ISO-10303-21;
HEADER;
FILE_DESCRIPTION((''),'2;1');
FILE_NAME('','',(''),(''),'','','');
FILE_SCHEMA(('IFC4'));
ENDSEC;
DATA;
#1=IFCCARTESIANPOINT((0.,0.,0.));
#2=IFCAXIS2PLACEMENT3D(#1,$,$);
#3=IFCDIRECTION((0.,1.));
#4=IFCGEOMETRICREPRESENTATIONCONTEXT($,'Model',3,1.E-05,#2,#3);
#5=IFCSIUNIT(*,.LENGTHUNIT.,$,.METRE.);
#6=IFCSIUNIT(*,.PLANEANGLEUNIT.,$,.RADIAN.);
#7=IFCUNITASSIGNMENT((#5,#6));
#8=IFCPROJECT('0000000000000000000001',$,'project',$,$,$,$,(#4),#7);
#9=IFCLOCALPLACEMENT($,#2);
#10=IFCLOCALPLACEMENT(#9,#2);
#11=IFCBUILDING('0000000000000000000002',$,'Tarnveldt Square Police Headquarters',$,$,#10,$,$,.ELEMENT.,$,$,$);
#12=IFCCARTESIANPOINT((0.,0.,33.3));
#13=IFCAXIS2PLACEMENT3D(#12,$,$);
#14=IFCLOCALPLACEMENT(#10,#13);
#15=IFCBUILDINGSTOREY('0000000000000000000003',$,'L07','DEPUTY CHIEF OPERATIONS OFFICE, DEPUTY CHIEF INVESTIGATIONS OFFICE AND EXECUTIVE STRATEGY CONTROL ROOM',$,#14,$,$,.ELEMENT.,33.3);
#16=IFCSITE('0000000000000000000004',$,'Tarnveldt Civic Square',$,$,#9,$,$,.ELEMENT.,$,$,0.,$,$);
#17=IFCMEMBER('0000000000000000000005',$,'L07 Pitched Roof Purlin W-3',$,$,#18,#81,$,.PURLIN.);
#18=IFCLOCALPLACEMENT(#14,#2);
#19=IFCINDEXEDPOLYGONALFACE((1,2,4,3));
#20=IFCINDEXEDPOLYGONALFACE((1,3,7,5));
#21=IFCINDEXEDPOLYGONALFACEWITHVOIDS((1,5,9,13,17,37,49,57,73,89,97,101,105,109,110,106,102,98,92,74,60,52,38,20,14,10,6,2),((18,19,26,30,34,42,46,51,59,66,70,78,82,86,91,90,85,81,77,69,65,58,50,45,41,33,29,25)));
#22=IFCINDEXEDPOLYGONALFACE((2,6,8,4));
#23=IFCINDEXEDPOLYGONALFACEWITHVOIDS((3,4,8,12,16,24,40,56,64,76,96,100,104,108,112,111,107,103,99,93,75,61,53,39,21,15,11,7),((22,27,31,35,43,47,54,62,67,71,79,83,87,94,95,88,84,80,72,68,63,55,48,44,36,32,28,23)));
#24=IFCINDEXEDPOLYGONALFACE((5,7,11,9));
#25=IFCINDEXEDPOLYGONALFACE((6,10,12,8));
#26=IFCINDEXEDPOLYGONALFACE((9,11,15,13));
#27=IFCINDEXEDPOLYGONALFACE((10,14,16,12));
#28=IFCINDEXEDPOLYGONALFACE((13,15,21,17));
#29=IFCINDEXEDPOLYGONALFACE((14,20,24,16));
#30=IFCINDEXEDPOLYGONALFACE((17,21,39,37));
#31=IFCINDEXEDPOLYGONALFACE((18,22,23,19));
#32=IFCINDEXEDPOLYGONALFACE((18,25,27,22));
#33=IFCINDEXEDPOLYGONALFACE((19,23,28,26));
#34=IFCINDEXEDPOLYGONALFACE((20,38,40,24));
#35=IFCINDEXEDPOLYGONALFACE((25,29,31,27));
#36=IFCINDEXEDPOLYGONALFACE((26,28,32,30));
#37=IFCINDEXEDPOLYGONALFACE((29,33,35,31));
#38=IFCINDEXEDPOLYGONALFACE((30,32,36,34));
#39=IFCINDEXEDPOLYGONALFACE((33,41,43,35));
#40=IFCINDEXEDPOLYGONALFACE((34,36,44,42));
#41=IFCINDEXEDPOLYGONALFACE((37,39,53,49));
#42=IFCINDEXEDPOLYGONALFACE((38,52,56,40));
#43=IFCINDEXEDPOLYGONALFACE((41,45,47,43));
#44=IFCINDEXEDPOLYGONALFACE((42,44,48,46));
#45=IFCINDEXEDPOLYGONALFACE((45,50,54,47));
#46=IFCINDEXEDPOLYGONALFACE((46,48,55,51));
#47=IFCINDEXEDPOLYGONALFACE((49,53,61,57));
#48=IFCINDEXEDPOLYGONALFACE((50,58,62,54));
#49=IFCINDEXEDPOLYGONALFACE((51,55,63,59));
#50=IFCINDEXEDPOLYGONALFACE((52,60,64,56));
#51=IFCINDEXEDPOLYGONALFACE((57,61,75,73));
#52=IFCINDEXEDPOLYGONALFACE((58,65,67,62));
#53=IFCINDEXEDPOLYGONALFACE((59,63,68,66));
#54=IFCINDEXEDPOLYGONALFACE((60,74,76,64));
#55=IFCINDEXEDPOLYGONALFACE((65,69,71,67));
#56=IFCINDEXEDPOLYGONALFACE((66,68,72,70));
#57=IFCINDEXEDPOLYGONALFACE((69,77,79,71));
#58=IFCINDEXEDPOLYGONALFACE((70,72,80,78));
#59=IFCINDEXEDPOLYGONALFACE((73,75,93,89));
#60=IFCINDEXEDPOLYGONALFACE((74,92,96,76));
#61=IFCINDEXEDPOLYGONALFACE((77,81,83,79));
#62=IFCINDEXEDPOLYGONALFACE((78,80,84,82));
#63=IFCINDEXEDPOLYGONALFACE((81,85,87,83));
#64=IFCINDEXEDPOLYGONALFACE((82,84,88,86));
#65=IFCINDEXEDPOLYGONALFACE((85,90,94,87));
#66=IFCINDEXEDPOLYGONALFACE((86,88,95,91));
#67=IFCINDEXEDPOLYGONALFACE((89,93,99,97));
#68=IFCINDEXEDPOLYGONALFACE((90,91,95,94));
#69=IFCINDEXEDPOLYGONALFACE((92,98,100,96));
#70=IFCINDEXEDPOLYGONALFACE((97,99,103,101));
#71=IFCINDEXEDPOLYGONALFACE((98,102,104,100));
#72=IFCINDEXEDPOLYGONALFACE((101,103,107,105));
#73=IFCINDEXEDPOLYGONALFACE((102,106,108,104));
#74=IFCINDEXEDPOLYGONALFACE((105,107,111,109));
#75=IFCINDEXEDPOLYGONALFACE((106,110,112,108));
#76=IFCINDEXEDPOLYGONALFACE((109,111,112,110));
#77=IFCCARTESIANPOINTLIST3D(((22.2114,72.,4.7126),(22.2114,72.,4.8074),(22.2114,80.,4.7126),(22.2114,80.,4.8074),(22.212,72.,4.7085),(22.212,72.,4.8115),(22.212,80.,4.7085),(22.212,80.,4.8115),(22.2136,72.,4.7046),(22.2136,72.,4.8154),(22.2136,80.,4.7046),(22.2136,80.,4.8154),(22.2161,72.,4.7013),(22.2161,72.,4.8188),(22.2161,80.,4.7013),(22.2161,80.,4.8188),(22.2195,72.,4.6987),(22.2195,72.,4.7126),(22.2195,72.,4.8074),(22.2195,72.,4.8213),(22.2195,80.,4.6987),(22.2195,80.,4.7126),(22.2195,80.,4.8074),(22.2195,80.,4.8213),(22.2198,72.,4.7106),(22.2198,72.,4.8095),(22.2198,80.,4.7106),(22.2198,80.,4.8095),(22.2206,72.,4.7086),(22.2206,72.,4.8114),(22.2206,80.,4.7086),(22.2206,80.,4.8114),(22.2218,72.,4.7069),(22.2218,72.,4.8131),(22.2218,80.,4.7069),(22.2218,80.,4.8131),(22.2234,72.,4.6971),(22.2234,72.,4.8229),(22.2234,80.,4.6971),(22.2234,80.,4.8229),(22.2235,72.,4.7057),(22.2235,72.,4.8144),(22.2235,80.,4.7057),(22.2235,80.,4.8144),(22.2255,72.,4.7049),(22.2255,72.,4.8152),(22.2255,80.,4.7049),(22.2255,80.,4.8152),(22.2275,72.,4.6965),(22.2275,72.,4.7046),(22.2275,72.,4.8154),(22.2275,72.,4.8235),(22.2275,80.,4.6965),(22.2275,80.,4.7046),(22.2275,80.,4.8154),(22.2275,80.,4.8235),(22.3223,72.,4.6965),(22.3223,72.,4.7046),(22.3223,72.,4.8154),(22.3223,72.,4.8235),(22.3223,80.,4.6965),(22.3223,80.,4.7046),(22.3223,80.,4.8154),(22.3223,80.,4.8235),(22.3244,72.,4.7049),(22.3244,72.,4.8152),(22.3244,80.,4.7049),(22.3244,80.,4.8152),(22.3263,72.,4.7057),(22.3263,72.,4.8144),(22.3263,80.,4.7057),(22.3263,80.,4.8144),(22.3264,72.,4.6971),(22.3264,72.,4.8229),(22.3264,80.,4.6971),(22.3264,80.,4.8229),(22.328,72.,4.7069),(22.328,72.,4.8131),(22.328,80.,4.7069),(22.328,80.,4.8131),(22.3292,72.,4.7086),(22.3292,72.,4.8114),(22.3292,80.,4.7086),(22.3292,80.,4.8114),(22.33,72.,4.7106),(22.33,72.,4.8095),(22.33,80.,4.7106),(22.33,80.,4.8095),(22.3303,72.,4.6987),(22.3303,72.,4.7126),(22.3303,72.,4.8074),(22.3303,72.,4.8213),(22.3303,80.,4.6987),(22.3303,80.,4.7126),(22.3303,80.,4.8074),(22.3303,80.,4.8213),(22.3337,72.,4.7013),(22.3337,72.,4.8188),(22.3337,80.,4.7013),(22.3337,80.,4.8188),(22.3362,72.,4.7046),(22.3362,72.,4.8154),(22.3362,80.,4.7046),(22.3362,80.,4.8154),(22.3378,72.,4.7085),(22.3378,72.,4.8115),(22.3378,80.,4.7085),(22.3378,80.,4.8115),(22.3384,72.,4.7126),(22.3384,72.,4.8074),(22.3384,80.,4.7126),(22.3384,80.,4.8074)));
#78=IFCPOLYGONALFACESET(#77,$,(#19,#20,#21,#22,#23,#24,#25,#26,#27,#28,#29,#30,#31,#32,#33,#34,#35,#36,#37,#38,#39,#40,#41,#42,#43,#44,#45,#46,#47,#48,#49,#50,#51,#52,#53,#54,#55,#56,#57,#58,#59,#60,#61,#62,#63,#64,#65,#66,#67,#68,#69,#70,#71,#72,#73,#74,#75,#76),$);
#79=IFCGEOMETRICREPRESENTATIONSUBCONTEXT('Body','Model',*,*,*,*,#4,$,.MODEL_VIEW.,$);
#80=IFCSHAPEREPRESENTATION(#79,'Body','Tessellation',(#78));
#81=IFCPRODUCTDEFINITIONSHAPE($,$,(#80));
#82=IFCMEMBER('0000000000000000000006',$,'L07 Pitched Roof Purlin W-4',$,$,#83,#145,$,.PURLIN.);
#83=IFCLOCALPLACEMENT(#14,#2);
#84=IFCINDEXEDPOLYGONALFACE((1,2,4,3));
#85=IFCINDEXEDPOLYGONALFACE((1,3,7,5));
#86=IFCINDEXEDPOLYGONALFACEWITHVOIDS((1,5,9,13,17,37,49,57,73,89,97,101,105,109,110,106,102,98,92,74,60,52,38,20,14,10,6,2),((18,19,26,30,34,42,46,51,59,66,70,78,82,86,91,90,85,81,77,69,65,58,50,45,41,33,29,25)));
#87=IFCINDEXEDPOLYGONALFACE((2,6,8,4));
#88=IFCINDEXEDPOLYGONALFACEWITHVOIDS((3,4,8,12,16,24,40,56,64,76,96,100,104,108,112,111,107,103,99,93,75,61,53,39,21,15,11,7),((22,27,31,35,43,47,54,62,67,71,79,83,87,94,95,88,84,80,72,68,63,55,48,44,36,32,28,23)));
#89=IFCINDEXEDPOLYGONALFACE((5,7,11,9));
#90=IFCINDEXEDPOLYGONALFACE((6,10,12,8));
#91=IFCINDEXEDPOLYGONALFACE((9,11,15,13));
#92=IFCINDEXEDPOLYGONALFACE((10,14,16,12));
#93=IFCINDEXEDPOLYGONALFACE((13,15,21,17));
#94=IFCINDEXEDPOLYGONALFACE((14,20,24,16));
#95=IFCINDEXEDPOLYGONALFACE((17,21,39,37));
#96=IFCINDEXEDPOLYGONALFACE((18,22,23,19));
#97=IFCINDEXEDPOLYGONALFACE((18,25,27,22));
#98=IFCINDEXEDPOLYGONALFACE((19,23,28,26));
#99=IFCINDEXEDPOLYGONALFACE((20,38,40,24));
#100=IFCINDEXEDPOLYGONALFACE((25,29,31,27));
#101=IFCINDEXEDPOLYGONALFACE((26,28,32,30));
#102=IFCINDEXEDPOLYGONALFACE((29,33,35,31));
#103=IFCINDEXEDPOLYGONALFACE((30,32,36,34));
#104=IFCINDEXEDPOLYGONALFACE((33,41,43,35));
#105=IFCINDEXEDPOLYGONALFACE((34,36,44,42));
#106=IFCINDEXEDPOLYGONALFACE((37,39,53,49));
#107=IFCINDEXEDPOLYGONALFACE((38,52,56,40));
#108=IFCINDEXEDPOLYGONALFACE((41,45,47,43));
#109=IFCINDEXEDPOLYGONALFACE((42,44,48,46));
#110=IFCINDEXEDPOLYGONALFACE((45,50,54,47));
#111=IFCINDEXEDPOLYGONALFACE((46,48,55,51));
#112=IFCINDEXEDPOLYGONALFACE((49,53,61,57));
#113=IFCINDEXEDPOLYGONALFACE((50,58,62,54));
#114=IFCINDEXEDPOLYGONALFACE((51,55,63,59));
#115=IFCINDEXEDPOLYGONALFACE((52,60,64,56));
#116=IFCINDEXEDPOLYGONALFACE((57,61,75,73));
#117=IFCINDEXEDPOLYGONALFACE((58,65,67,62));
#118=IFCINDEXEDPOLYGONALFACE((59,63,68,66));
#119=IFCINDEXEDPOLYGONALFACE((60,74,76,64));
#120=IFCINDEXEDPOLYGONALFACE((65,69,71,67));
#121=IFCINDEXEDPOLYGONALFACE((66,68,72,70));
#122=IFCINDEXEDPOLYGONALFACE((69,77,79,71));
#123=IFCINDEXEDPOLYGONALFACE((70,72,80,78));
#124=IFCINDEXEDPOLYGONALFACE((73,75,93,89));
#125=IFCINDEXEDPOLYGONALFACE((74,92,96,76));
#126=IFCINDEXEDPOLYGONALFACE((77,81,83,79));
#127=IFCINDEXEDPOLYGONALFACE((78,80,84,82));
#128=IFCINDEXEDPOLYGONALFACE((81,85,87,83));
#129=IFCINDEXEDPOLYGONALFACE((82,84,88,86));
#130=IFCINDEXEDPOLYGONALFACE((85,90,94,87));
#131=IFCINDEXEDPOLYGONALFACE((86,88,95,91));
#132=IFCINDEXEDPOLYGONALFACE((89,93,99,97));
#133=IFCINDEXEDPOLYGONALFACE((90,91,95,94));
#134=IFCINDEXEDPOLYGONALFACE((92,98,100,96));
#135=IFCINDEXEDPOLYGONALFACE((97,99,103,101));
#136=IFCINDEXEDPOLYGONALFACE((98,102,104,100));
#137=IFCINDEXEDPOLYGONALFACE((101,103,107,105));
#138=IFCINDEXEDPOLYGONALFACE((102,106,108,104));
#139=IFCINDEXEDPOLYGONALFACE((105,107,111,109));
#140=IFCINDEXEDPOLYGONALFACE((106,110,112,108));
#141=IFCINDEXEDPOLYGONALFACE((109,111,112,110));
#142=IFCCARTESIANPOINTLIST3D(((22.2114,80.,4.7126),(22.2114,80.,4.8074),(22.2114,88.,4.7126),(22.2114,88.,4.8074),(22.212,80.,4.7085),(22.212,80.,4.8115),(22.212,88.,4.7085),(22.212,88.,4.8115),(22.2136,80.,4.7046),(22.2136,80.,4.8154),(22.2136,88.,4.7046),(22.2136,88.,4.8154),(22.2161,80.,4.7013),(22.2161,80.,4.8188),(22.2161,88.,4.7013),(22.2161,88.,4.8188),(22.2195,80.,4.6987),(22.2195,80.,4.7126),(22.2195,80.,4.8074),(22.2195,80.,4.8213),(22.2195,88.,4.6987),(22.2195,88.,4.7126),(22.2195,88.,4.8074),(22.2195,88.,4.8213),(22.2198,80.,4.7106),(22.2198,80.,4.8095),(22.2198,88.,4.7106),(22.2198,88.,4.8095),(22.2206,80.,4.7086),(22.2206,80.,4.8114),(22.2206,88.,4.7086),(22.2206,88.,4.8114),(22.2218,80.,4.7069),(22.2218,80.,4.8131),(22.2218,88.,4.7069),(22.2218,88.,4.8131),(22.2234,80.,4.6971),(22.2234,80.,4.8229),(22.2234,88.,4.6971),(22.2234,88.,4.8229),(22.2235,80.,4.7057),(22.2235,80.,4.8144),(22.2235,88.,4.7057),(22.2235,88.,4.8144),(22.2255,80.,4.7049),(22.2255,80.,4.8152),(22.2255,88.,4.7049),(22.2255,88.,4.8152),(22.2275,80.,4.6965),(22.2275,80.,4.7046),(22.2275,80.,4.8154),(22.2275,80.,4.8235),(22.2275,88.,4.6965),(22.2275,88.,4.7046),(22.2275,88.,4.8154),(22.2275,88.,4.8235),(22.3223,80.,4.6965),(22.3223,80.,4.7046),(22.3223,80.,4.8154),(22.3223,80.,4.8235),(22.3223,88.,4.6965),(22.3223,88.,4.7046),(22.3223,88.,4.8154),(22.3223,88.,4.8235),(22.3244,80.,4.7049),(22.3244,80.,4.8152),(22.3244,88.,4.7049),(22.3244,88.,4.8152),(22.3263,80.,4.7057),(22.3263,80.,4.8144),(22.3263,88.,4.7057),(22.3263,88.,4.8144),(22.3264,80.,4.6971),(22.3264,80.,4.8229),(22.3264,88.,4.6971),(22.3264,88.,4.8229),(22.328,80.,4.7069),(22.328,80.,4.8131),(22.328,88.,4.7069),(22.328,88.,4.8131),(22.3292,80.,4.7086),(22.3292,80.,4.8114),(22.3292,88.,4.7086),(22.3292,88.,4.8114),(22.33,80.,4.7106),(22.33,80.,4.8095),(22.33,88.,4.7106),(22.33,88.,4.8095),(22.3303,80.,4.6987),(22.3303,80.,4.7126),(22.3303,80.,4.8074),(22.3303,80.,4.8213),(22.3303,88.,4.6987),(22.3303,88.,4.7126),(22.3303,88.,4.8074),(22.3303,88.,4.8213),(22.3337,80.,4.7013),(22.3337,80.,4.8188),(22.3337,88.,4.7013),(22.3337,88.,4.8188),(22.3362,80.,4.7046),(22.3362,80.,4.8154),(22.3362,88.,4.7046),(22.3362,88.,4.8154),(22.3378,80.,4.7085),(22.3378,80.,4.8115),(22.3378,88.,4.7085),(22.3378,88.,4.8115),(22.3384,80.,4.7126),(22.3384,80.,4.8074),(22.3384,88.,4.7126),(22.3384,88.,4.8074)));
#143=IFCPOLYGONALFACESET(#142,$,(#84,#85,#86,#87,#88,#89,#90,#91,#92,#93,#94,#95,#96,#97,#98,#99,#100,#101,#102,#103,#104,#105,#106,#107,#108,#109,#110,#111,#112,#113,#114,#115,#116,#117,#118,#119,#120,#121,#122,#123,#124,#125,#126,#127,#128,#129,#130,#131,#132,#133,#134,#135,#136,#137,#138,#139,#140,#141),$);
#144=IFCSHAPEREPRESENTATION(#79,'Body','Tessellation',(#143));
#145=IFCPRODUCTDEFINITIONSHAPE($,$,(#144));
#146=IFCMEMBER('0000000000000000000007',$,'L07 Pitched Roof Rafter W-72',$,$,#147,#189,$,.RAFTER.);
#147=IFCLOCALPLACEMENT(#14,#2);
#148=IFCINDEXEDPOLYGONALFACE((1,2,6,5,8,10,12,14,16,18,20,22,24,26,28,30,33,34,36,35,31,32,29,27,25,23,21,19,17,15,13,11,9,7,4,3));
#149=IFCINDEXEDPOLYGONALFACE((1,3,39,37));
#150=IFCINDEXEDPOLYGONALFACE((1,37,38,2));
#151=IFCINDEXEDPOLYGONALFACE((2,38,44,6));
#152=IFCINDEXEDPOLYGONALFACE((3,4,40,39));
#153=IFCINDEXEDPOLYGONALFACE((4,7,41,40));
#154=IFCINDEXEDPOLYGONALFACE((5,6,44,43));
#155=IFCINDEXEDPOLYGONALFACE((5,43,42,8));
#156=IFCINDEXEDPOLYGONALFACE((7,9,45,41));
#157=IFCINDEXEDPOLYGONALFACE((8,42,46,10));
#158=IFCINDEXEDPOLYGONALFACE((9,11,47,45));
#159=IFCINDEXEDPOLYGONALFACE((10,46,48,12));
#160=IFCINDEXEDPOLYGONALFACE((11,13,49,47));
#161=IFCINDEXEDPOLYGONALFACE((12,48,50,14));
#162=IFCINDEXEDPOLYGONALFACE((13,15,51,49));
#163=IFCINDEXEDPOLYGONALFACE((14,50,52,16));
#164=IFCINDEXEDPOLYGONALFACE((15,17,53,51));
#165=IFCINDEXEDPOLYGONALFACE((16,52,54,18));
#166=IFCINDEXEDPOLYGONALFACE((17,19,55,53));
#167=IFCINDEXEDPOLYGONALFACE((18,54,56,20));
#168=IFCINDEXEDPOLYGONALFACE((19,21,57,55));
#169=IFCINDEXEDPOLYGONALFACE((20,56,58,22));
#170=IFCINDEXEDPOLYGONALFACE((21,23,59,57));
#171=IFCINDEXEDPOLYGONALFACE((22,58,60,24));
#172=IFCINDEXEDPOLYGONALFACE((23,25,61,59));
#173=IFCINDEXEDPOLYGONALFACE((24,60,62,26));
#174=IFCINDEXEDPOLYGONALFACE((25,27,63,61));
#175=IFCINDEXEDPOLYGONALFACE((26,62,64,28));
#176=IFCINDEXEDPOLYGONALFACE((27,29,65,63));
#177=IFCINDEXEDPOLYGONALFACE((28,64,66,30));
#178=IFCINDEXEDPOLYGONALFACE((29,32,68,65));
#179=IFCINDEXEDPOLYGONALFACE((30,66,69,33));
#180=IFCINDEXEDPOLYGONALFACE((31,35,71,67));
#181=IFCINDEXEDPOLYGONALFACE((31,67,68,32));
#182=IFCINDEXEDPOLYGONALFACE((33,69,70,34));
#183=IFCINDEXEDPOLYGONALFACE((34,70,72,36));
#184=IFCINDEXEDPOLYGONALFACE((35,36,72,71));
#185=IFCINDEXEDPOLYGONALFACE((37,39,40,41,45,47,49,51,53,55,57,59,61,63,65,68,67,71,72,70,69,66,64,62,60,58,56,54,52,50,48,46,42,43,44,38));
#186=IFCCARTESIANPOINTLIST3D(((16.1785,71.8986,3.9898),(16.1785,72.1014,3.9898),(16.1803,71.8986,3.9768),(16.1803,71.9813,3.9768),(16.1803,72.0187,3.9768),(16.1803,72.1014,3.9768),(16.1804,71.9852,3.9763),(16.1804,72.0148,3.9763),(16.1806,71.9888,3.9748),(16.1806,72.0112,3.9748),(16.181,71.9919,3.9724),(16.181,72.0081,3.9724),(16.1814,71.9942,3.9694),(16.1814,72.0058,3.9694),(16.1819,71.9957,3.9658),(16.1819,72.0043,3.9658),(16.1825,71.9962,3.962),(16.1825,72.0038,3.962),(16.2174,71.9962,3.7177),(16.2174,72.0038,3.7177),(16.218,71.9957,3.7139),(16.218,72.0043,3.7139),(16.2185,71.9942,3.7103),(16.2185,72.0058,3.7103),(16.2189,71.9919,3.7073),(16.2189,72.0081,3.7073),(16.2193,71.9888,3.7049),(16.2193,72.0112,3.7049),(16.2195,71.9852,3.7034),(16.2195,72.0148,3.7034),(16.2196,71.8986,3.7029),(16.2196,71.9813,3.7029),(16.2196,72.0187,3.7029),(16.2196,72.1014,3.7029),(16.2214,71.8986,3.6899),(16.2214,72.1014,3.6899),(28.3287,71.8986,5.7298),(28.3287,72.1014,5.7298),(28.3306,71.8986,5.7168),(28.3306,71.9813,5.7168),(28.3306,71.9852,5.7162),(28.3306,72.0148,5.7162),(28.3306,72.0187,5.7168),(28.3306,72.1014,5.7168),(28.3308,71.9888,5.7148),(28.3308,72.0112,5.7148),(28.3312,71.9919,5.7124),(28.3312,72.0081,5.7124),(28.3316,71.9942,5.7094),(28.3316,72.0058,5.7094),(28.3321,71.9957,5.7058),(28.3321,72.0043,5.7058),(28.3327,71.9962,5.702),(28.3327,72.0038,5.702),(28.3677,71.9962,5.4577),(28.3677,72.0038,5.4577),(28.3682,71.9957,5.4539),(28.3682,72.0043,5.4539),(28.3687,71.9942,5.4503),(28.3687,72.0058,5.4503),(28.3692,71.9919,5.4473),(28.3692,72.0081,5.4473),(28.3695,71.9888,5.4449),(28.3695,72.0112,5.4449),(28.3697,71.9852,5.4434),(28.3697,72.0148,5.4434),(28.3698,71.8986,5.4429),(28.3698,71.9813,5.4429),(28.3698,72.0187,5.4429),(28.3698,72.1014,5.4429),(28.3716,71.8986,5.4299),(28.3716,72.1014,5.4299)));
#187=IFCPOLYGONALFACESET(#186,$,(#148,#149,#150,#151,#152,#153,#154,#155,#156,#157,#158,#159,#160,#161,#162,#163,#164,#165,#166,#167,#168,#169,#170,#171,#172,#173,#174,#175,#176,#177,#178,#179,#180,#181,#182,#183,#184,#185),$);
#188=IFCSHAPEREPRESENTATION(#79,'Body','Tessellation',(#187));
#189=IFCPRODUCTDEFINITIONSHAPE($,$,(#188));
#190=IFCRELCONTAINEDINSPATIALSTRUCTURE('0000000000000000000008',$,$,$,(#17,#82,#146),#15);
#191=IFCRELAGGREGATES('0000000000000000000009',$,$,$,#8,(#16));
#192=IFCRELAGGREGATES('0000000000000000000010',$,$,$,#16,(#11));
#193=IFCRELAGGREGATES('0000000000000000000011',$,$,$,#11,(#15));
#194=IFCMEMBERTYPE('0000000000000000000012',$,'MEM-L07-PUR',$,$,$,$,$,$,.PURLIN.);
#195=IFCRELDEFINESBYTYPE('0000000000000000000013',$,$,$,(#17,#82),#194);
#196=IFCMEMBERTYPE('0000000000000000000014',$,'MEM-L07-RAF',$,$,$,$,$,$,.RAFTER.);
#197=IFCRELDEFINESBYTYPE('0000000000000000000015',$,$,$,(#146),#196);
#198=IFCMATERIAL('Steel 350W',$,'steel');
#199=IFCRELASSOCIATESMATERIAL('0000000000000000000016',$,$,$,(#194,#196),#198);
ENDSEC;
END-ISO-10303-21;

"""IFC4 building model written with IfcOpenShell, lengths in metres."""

from ifc_helpers import new_model, si_unit, direction, frame, origin, origin_2d, place, context, subcontext, project, spatial, hollow_rectangle, i_section, extrude, material, material_profile, profile_set, type_object, element, save


model = new_model("IFC4")

# Units and contexts
model_context = context("Model", 3, precision=1e-05, world=origin(), true_north=direction((0.0, 1.0)))
body_context = subcontext(model_context, "Body", "Model", "MODEL_VIEW")
ifc_project = project(units=[si_unit("LENGTHUNIT", "METRE"), si_unit("PLANEANGLEUNIT", "RADIAN")], contexts=[model_context])

# Site, building, storey
site_placement = place(None, origin())
site = spatial("IfcSite", under=ifc_project, at=site_placement, Name="Tarnveldt Civic Square", CompositionType="ELEMENT", RefElevation=0.0)
building_placement = place(site_placement, origin())
building = spatial("IfcBuilding", under=site, at=building_placement, Name="Tarnveldt Square Police Headquarters", CompositionType="ELEMENT")
storey_placement = place(building_placement, frame((0.0, 0.0, 33.3)))
storey = spatial("IfcBuildingStorey", under=building, at=storey_placement, Name="L07", Description="DEPUTY CHIEF OPERATIONS OFFICE, DEPUTY CHIEF INVESTIGATIONS OFFICE AND EXECUTIVE STRATEGY CONTROL ROOM", CompositionType="ELEMENT", Elevation=33.3)

# Shared definitions
ifc_material_1 = material(Name="Steel 350W", Category="steel")

# Members
ifc_material_profile_1 = material_profile(ifc_material_1, hollow_rectangle(XDim=0.127, YDim=0.127, WallThickness=0.0081, InnerFilletRadius=0.0081, OuterFilletRadius=0.0161, at=origin_2d()), Name="HSS127x127x8.0")
ifc_profile_set_1 = profile_set([ifc_material_profile_1], Name="Steel 350W")
member_type_1 = type_object("IfcMemberType", Name="MEM-L07-PUR", PredefinedType="PURLIN", material=ifc_profile_set_1)
for number, where, z_axis, x_axis, name in (
    (1, (22.2749, 72.0, 4.76), (0.0, 1.0, 0.0), (-1.0, 0.0, 0.0), "L07 Pitched Roof Purlin W-3"),
    (2, (22.2749, 80.0, 4.76), (0.0, 1.0, 0.0), (-1.0, 0.0, 0.0), "L07 Pitched Roof Purlin W-4"),
):
    element("IfcMember", number, at=place(storey_placement, frame(where, z_axis=z_axis, x_axis=x_axis)), inside=storey, type_object=member_type_1, Name=name, PredefinedType="PURLIN", context=body_context, shape_type="SweptSolid", body=[
        extrude(hollow_rectangle(XDim=0.127, YDim=0.127, WallThickness=0.0081, InnerFilletRadius=0.0081, OuterFilletRadius=0.0161, at=origin_2d()), origin(), (0.0, 0.0, 1.0), 8.0),
    ])
ifc_material_profile_2 = material_profile(ifc_material_1, i_section(OverallWidth=0.2029, OverallDepth=0.303, WebThickness=0.0076, FlangeThickness=0.0132, FilletRadius=0.0149, at=origin_2d()), Name="W310x60")
ifc_profile_set_2 = profile_set([ifc_material_profile_2], Name="Steel 350W")
member_type_2 = type_object("IfcMemberType", Name="MEM-L07-RAF", PredefinedType="RAFTER", material=ifc_profile_set_2)
member_1_placement = place(storey_placement, frame((16.2, 72.0, 3.8398), z_axis=(0.989901, 0.0, 0.141761), x_axis=(0.0, 1.0, 0.0)))
element("IfcMember", 3, at=member_1_placement, inside=storey, type_object=member_type_2, Name="L07 Pitched Roof Rafter W-72", PredefinedType="RAFTER", context=body_context, shape_type="SweptSolid", body=[
    extrude(i_section(OverallWidth=0.2029, OverallDepth=0.303, WebThickness=0.0076, FlangeThickness=0.0132, FilletRadius=0.0149, at=origin_2d()), origin(), (0.0, 0.0, 1.0), 12.2742),
])

save(model, "model.ifc")
